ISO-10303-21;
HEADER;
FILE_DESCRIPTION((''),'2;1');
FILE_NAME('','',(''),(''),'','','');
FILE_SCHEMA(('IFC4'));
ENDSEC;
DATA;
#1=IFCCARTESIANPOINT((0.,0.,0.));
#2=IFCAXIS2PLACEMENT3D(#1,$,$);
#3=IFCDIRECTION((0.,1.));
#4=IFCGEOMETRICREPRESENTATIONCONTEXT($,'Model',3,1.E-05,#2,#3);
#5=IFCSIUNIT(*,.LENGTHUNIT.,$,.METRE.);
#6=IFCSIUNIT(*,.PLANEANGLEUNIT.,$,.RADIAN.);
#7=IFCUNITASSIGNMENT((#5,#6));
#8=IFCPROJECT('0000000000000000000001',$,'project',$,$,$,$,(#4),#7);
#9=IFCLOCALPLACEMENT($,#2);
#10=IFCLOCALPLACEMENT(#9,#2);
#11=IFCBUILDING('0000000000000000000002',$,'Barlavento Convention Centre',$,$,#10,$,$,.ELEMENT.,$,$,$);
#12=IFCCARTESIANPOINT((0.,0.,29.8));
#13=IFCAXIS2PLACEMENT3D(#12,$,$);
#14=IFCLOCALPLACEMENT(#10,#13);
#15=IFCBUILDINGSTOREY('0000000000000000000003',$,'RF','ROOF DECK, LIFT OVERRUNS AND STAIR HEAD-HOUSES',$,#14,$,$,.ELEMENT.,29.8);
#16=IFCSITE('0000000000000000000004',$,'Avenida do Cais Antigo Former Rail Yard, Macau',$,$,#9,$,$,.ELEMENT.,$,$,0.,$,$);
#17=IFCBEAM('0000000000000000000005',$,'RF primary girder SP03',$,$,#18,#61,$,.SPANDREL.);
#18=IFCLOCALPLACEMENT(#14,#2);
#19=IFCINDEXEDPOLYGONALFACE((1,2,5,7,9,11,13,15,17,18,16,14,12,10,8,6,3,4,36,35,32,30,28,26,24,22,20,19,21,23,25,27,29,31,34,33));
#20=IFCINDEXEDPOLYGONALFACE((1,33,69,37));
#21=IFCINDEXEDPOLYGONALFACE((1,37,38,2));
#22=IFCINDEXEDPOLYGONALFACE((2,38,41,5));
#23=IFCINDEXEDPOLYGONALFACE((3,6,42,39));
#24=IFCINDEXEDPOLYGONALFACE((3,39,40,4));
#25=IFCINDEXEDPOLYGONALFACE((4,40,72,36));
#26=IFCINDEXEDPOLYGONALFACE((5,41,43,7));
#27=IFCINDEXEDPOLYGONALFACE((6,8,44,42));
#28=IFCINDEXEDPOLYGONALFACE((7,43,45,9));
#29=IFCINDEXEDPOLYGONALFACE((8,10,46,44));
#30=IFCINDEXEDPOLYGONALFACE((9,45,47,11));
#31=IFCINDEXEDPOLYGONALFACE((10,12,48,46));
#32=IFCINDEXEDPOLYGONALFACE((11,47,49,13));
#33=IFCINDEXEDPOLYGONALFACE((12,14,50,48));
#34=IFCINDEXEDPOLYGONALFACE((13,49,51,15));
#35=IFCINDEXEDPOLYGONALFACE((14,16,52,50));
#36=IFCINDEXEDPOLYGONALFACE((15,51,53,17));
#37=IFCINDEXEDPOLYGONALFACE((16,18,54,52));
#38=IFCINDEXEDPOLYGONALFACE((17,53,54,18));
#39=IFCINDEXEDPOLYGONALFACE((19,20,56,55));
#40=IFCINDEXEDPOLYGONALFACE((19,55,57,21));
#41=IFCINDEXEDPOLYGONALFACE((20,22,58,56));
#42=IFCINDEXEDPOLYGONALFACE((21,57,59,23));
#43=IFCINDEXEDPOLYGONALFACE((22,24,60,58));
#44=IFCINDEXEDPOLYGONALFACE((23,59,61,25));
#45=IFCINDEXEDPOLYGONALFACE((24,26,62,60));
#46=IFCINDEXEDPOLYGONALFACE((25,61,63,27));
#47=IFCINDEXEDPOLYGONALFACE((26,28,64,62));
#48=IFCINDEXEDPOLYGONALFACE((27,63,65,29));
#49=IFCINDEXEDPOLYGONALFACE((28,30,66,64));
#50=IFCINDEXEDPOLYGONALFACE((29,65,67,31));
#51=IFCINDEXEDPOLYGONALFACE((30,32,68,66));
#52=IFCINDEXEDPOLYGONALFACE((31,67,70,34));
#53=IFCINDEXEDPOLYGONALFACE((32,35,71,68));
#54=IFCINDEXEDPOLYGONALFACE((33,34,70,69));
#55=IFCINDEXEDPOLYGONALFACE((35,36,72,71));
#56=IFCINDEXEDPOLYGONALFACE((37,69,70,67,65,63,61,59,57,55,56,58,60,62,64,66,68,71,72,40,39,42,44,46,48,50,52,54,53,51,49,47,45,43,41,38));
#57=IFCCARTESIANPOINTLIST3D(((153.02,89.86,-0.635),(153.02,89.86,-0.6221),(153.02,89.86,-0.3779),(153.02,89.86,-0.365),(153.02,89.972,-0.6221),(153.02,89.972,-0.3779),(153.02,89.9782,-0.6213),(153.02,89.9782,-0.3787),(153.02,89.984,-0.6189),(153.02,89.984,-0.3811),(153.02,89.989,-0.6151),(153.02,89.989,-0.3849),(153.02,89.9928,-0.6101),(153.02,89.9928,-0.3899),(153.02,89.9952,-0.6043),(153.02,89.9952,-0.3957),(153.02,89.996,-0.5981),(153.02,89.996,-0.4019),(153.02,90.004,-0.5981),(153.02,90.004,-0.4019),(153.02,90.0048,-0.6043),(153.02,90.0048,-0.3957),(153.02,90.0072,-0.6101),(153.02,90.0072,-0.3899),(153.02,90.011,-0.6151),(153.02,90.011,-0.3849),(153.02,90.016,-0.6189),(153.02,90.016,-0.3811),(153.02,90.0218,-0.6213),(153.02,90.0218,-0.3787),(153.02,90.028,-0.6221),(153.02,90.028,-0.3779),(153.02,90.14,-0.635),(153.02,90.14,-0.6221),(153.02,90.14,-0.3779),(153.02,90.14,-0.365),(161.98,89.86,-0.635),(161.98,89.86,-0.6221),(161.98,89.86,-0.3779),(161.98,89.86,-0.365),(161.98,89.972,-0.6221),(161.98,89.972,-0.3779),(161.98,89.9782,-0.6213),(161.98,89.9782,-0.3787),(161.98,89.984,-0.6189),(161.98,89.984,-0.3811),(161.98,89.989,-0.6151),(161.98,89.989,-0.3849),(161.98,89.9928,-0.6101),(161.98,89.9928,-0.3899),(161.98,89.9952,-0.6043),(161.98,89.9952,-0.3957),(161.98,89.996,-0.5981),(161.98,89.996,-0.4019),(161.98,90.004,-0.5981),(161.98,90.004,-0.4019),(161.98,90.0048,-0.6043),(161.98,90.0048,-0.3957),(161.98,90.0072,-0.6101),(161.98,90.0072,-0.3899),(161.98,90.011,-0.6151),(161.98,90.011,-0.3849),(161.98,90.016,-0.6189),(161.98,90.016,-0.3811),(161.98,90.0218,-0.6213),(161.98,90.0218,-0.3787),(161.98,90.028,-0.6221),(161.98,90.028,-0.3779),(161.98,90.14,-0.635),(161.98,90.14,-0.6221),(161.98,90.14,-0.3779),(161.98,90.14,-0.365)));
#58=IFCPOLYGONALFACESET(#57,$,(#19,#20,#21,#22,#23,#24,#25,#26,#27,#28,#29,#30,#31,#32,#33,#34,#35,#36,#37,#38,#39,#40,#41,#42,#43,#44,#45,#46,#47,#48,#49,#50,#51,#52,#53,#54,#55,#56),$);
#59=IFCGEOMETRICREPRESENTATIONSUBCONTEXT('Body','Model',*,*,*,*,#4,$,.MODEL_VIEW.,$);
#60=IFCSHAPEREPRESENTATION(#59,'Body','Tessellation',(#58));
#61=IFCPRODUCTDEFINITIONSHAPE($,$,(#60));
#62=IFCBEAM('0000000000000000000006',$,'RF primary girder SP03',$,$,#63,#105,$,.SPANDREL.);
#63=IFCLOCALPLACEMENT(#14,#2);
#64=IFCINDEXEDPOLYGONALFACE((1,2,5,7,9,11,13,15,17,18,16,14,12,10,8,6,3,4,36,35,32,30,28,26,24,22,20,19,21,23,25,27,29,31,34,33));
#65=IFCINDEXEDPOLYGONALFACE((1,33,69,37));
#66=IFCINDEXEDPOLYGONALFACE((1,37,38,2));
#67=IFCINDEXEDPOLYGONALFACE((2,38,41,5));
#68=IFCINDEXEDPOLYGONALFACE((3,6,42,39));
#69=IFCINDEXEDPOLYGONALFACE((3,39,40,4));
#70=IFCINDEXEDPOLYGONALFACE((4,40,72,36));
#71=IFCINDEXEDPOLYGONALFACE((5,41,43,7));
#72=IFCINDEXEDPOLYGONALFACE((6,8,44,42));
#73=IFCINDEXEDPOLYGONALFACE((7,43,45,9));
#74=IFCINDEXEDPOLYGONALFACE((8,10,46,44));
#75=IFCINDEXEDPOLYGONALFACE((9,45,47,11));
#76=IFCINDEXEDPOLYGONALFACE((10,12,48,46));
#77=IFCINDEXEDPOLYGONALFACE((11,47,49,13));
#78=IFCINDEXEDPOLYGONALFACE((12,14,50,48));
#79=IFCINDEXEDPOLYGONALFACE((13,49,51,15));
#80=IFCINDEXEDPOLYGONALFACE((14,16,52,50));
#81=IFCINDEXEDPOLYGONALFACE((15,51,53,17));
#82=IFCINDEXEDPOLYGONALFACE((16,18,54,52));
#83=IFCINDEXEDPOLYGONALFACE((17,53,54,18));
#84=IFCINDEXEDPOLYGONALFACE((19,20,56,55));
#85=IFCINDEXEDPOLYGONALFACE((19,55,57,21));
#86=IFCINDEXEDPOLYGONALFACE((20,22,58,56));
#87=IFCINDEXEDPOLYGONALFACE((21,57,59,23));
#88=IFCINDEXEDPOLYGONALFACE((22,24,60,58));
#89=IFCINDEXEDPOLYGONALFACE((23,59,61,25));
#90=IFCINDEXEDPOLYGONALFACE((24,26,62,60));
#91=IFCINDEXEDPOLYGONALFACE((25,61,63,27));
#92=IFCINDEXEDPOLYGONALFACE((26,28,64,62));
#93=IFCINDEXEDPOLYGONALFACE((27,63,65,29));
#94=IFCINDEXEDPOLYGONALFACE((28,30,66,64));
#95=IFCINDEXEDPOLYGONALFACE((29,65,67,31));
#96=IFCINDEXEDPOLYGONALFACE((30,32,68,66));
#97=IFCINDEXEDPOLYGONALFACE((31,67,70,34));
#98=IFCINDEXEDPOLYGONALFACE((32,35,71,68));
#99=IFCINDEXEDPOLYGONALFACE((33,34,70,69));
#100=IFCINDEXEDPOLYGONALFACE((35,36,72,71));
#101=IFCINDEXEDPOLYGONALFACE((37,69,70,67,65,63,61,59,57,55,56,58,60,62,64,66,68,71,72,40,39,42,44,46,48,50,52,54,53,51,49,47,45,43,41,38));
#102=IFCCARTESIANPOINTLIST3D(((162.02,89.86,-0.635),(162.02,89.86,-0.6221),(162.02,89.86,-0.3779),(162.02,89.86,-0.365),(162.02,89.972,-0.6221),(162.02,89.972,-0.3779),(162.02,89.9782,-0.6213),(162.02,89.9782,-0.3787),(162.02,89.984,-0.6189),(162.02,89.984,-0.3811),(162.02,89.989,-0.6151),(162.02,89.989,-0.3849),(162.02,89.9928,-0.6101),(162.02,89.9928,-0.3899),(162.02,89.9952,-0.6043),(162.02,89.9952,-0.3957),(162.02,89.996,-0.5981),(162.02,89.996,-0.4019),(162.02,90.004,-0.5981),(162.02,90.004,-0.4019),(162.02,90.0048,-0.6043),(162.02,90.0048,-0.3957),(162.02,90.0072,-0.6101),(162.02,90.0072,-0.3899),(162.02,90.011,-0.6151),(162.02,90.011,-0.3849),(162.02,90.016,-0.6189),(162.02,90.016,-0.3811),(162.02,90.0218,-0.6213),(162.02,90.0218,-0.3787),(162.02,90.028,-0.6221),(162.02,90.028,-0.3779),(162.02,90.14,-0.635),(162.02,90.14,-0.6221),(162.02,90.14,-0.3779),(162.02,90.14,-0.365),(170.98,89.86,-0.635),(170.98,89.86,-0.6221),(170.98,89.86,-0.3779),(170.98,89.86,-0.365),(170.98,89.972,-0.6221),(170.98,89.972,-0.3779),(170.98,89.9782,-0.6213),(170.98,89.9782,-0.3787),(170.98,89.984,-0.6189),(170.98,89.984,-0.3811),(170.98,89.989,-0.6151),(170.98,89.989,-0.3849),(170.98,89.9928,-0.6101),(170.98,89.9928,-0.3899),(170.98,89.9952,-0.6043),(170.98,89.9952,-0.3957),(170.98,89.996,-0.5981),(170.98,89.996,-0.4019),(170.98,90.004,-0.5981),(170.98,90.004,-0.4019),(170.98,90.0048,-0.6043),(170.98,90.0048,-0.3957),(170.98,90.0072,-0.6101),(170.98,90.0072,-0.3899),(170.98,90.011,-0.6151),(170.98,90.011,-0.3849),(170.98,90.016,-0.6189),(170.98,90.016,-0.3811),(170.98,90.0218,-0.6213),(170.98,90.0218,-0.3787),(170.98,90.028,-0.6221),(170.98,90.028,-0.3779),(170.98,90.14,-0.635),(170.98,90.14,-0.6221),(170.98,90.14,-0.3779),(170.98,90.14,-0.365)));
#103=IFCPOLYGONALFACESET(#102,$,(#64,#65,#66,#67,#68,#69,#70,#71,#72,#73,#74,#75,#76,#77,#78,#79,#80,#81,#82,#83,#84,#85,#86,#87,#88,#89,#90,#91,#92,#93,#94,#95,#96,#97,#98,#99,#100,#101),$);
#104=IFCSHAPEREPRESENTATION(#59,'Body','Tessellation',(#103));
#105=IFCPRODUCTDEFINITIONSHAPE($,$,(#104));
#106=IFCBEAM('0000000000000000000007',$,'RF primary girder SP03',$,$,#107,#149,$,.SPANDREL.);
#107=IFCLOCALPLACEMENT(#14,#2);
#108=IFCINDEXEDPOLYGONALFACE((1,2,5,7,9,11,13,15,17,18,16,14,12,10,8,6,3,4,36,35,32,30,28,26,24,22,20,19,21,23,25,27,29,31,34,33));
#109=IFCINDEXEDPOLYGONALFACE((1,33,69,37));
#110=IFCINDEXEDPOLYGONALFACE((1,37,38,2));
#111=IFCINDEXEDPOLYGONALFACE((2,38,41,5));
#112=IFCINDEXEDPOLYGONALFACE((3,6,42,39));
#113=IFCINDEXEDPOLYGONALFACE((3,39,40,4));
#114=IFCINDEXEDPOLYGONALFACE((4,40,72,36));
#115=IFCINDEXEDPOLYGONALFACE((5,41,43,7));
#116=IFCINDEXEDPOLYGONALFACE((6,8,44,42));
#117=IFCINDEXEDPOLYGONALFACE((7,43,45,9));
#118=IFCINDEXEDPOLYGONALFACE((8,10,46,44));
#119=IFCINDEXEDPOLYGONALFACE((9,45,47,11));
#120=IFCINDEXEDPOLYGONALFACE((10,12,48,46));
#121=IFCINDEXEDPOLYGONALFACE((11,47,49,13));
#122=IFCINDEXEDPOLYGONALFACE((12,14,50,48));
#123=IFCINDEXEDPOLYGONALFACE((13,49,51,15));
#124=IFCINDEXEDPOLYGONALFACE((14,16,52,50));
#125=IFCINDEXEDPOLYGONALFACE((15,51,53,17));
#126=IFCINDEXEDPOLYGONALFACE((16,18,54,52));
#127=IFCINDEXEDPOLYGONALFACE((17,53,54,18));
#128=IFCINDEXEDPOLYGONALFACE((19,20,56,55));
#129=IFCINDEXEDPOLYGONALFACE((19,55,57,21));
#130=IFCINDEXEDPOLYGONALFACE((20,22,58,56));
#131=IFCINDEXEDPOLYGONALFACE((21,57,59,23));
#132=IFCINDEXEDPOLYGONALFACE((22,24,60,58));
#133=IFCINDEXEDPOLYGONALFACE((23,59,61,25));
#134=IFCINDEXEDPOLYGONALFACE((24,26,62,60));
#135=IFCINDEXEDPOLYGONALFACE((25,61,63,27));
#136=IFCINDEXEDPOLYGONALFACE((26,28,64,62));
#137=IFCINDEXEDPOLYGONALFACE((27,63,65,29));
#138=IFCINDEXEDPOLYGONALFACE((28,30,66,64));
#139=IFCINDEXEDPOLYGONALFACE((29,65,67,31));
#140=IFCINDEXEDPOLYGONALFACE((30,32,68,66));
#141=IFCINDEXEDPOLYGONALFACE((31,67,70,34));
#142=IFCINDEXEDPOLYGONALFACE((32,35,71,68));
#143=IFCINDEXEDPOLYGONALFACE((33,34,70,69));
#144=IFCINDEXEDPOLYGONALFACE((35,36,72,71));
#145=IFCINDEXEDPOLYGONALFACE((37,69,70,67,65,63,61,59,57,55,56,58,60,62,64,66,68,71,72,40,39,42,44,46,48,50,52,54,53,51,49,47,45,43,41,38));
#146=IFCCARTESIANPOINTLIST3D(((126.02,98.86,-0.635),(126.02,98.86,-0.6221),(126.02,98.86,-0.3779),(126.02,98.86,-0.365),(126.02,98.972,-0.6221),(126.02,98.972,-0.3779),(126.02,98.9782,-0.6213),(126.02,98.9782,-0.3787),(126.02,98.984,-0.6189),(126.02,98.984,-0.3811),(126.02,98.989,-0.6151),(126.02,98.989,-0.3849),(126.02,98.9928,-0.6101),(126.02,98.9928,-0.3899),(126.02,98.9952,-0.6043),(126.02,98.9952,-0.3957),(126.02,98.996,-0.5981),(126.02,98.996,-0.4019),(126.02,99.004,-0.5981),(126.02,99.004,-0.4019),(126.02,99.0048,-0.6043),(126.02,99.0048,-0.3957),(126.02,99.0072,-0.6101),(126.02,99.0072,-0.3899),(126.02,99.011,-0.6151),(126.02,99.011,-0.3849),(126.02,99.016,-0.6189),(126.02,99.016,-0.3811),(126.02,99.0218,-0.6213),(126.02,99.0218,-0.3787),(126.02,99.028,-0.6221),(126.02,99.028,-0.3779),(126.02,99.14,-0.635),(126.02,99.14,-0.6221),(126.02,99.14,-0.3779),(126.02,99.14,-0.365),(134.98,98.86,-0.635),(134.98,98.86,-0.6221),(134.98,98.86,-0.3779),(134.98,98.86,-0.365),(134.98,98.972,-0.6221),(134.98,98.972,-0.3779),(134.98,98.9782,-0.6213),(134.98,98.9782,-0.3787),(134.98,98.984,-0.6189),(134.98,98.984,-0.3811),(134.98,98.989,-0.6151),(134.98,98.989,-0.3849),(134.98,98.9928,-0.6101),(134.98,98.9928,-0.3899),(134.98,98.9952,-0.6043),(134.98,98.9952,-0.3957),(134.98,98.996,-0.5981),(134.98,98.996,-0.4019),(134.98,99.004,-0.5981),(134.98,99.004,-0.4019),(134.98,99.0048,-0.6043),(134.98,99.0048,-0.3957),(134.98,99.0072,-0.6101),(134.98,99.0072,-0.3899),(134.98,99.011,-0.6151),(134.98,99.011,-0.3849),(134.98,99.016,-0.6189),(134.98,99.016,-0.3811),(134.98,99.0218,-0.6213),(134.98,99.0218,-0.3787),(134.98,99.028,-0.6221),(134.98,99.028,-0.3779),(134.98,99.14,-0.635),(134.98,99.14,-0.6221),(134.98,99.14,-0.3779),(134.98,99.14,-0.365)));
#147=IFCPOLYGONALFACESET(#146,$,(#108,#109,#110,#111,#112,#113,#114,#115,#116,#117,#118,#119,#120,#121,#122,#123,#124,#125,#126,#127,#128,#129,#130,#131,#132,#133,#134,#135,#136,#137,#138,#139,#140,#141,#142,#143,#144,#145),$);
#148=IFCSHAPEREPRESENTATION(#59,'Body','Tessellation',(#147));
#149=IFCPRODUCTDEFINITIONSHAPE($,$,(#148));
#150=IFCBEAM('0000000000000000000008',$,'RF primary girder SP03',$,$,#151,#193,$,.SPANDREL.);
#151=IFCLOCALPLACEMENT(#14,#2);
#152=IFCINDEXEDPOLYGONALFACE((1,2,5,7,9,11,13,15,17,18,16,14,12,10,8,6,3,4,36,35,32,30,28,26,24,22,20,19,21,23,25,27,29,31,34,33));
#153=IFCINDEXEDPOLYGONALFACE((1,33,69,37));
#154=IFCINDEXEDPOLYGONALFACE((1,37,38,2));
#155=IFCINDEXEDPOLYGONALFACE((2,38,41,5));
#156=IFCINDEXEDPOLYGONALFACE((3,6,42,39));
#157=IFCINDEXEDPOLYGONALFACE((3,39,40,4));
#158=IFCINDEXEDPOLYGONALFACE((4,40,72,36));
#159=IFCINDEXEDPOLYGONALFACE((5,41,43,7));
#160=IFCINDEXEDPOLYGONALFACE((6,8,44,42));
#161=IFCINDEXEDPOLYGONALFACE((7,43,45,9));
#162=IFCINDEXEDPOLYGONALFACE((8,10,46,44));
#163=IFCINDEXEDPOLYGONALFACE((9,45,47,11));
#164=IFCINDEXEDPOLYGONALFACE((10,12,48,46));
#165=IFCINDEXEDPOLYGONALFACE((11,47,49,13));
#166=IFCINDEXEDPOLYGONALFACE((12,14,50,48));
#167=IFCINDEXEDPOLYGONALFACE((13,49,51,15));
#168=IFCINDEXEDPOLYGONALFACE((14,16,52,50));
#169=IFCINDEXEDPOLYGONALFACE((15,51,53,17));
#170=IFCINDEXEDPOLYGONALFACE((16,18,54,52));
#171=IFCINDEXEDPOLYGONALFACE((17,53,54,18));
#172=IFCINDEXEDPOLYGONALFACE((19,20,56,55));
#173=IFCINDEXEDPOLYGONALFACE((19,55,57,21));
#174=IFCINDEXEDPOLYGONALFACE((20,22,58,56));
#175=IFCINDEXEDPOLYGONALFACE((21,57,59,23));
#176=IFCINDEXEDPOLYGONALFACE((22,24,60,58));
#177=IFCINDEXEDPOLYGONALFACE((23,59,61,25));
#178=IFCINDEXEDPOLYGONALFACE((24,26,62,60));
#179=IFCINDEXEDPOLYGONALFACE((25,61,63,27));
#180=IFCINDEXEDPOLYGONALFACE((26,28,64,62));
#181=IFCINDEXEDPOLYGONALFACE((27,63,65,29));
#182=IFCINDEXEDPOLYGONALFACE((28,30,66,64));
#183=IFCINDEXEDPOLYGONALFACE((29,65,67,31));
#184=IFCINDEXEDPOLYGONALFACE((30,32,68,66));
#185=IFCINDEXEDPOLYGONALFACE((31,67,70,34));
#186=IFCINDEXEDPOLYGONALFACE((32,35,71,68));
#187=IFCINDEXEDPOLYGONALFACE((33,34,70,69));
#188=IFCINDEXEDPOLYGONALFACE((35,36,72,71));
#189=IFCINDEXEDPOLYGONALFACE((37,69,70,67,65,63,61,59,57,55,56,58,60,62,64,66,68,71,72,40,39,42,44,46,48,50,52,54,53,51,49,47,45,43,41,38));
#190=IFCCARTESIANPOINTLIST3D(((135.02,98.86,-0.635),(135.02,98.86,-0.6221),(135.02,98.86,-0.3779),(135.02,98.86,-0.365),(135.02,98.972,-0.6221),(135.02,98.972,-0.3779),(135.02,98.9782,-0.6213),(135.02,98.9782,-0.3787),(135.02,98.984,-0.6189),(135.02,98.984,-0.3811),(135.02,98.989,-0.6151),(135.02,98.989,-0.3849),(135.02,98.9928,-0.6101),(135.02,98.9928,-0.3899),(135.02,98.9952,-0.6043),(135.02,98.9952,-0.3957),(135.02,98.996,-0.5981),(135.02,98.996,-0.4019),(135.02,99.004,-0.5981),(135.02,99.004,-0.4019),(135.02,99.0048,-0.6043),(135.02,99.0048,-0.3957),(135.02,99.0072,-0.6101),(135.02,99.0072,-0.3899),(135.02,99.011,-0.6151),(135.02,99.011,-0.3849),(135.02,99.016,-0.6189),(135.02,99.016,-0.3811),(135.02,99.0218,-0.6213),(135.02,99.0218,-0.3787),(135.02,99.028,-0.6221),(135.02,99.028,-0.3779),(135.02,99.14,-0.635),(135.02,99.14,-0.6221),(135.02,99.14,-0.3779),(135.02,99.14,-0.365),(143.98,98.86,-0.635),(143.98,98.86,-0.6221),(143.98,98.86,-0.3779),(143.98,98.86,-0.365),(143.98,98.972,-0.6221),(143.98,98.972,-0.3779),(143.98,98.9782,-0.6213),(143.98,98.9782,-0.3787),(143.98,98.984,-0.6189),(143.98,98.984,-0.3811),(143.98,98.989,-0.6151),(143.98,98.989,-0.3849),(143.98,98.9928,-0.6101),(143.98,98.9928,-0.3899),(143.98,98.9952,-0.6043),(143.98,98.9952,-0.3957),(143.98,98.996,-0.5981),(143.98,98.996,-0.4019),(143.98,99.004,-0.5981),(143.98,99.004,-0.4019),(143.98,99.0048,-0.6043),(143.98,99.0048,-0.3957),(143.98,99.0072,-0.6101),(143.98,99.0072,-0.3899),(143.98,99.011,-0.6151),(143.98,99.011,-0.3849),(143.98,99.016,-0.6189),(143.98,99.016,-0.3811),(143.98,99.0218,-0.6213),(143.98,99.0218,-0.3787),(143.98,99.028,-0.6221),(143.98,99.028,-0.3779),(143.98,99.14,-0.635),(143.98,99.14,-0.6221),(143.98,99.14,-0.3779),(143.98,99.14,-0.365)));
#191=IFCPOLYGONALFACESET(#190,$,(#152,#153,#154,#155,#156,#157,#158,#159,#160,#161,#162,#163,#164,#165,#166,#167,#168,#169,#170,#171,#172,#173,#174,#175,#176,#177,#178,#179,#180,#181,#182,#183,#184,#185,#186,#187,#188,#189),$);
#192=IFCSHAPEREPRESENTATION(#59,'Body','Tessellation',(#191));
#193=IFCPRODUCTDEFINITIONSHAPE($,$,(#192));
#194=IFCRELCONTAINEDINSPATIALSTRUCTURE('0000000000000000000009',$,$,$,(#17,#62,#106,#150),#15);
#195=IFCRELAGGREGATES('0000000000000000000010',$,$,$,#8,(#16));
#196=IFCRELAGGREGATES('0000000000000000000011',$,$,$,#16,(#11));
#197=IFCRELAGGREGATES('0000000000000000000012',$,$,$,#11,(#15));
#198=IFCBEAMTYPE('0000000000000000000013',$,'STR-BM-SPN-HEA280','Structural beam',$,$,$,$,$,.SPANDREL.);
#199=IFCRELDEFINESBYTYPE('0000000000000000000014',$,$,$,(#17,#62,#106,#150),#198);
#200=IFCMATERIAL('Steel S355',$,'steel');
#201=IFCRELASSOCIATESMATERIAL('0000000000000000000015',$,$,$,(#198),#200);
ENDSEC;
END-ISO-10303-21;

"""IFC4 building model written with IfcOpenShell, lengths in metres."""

from ifc_helpers import new_model, si_unit, direction, frame, origin, origin_2d, place, context, subcontext, project, spatial, i_section, extrude, material, material_profile, profile_set, type_object, element, save


model = new_model("IFC4")

# Units and contexts
model_context = context("Model", 3, precision=1e-05, world=origin(), true_north=direction((0.0, 1.0)))
body_context = subcontext(model_context, "Body", "Model", "MODEL_VIEW")
ifc_project = project(units=[si_unit("LENGTHUNIT", "METRE"), si_unit("PLANEANGLEUNIT", "RADIAN")], contexts=[model_context])

# Site, building, storey
site_placement = place(None, origin())
site = spatial("IfcSite", under=ifc_project, at=site_placement, Name="Avenida do Cais Antigo Former Rail Yard, Macau", CompositionType="ELEMENT", RefElevation=0.0)
building_placement = place(site_placement, origin())
building = spatial("IfcBuilding", under=site, at=building_placement, Name="Barlavento Convention Centre", CompositionType="ELEMENT")
storey_placement = place(building_placement, frame((0.0, 0.0, 29.8)))
storey = spatial("IfcBuildingStorey", under=building, at=storey_placement, Name="RF", Description="ROOF DECK, LIFT OVERRUNS AND STAIR HEAD-HOUSES", CompositionType="ELEMENT", Elevation=29.8)

# Beams
ifc_material_1 = material(Name="Steel S355", Category="steel")
ifc_material_profile_1 = material_profile(ifc_material_1, i_section(OverallWidth=0.28, OverallDepth=0.27, WebThickness=0.0081, FlangeThickness=0.0129, FilletRadius=0.0239, at=origin_2d()), Name="HEA 280")
ifc_profile_set_1 = profile_set([ifc_material_profile_1], Name="Steel S355")
beam_type_1 = type_object("IfcBeamType", Name="STR-BM-SPN-HEA280", Description="Structural beam", PredefinedType="SPANDREL", material=ifc_profile_set_1)
for number, where, z_axis, x_axis, name in (
    (1, (153.02, 90.0, -0.5), (1.0, 0.0, 0.0), (0.0, 1.0, 0.0), "RF primary girder SP03"),
    (2, (162.02, 90.0, -0.5), (1.0, 0.0, 0.0), (0.0, 1.0, 0.0), "RF primary girder SP03"),
    (3, (126.02, 99.0, -0.5), (1.0, 0.0, 0.0), (0.0, 1.0, 0.0), "RF primary girder SP03"),
    (4, (135.02, 99.0, -0.5), (1.0, 0.0, 0.0), (0.0, 1.0, 0.0), "RF primary girder SP03"),
):
    element("IfcBeam", number, at=place(storey_placement, frame(where, z_axis=z_axis, x_axis=x_axis)), inside=storey, type_object=beam_type_1, Name=name, PredefinedType="SPANDREL", context=body_context, shape_type="SweptSolid", body=[
        extrude(i_section(OverallWidth=0.28, OverallDepth=0.27, WebThickness=0.0081, FlangeThickness=0.0129, FilletRadius=0.0239, at=origin_2d()), origin(), (0.0, 0.0, 1.0), 8.96),
    ])

save(model, "model.ifc")
